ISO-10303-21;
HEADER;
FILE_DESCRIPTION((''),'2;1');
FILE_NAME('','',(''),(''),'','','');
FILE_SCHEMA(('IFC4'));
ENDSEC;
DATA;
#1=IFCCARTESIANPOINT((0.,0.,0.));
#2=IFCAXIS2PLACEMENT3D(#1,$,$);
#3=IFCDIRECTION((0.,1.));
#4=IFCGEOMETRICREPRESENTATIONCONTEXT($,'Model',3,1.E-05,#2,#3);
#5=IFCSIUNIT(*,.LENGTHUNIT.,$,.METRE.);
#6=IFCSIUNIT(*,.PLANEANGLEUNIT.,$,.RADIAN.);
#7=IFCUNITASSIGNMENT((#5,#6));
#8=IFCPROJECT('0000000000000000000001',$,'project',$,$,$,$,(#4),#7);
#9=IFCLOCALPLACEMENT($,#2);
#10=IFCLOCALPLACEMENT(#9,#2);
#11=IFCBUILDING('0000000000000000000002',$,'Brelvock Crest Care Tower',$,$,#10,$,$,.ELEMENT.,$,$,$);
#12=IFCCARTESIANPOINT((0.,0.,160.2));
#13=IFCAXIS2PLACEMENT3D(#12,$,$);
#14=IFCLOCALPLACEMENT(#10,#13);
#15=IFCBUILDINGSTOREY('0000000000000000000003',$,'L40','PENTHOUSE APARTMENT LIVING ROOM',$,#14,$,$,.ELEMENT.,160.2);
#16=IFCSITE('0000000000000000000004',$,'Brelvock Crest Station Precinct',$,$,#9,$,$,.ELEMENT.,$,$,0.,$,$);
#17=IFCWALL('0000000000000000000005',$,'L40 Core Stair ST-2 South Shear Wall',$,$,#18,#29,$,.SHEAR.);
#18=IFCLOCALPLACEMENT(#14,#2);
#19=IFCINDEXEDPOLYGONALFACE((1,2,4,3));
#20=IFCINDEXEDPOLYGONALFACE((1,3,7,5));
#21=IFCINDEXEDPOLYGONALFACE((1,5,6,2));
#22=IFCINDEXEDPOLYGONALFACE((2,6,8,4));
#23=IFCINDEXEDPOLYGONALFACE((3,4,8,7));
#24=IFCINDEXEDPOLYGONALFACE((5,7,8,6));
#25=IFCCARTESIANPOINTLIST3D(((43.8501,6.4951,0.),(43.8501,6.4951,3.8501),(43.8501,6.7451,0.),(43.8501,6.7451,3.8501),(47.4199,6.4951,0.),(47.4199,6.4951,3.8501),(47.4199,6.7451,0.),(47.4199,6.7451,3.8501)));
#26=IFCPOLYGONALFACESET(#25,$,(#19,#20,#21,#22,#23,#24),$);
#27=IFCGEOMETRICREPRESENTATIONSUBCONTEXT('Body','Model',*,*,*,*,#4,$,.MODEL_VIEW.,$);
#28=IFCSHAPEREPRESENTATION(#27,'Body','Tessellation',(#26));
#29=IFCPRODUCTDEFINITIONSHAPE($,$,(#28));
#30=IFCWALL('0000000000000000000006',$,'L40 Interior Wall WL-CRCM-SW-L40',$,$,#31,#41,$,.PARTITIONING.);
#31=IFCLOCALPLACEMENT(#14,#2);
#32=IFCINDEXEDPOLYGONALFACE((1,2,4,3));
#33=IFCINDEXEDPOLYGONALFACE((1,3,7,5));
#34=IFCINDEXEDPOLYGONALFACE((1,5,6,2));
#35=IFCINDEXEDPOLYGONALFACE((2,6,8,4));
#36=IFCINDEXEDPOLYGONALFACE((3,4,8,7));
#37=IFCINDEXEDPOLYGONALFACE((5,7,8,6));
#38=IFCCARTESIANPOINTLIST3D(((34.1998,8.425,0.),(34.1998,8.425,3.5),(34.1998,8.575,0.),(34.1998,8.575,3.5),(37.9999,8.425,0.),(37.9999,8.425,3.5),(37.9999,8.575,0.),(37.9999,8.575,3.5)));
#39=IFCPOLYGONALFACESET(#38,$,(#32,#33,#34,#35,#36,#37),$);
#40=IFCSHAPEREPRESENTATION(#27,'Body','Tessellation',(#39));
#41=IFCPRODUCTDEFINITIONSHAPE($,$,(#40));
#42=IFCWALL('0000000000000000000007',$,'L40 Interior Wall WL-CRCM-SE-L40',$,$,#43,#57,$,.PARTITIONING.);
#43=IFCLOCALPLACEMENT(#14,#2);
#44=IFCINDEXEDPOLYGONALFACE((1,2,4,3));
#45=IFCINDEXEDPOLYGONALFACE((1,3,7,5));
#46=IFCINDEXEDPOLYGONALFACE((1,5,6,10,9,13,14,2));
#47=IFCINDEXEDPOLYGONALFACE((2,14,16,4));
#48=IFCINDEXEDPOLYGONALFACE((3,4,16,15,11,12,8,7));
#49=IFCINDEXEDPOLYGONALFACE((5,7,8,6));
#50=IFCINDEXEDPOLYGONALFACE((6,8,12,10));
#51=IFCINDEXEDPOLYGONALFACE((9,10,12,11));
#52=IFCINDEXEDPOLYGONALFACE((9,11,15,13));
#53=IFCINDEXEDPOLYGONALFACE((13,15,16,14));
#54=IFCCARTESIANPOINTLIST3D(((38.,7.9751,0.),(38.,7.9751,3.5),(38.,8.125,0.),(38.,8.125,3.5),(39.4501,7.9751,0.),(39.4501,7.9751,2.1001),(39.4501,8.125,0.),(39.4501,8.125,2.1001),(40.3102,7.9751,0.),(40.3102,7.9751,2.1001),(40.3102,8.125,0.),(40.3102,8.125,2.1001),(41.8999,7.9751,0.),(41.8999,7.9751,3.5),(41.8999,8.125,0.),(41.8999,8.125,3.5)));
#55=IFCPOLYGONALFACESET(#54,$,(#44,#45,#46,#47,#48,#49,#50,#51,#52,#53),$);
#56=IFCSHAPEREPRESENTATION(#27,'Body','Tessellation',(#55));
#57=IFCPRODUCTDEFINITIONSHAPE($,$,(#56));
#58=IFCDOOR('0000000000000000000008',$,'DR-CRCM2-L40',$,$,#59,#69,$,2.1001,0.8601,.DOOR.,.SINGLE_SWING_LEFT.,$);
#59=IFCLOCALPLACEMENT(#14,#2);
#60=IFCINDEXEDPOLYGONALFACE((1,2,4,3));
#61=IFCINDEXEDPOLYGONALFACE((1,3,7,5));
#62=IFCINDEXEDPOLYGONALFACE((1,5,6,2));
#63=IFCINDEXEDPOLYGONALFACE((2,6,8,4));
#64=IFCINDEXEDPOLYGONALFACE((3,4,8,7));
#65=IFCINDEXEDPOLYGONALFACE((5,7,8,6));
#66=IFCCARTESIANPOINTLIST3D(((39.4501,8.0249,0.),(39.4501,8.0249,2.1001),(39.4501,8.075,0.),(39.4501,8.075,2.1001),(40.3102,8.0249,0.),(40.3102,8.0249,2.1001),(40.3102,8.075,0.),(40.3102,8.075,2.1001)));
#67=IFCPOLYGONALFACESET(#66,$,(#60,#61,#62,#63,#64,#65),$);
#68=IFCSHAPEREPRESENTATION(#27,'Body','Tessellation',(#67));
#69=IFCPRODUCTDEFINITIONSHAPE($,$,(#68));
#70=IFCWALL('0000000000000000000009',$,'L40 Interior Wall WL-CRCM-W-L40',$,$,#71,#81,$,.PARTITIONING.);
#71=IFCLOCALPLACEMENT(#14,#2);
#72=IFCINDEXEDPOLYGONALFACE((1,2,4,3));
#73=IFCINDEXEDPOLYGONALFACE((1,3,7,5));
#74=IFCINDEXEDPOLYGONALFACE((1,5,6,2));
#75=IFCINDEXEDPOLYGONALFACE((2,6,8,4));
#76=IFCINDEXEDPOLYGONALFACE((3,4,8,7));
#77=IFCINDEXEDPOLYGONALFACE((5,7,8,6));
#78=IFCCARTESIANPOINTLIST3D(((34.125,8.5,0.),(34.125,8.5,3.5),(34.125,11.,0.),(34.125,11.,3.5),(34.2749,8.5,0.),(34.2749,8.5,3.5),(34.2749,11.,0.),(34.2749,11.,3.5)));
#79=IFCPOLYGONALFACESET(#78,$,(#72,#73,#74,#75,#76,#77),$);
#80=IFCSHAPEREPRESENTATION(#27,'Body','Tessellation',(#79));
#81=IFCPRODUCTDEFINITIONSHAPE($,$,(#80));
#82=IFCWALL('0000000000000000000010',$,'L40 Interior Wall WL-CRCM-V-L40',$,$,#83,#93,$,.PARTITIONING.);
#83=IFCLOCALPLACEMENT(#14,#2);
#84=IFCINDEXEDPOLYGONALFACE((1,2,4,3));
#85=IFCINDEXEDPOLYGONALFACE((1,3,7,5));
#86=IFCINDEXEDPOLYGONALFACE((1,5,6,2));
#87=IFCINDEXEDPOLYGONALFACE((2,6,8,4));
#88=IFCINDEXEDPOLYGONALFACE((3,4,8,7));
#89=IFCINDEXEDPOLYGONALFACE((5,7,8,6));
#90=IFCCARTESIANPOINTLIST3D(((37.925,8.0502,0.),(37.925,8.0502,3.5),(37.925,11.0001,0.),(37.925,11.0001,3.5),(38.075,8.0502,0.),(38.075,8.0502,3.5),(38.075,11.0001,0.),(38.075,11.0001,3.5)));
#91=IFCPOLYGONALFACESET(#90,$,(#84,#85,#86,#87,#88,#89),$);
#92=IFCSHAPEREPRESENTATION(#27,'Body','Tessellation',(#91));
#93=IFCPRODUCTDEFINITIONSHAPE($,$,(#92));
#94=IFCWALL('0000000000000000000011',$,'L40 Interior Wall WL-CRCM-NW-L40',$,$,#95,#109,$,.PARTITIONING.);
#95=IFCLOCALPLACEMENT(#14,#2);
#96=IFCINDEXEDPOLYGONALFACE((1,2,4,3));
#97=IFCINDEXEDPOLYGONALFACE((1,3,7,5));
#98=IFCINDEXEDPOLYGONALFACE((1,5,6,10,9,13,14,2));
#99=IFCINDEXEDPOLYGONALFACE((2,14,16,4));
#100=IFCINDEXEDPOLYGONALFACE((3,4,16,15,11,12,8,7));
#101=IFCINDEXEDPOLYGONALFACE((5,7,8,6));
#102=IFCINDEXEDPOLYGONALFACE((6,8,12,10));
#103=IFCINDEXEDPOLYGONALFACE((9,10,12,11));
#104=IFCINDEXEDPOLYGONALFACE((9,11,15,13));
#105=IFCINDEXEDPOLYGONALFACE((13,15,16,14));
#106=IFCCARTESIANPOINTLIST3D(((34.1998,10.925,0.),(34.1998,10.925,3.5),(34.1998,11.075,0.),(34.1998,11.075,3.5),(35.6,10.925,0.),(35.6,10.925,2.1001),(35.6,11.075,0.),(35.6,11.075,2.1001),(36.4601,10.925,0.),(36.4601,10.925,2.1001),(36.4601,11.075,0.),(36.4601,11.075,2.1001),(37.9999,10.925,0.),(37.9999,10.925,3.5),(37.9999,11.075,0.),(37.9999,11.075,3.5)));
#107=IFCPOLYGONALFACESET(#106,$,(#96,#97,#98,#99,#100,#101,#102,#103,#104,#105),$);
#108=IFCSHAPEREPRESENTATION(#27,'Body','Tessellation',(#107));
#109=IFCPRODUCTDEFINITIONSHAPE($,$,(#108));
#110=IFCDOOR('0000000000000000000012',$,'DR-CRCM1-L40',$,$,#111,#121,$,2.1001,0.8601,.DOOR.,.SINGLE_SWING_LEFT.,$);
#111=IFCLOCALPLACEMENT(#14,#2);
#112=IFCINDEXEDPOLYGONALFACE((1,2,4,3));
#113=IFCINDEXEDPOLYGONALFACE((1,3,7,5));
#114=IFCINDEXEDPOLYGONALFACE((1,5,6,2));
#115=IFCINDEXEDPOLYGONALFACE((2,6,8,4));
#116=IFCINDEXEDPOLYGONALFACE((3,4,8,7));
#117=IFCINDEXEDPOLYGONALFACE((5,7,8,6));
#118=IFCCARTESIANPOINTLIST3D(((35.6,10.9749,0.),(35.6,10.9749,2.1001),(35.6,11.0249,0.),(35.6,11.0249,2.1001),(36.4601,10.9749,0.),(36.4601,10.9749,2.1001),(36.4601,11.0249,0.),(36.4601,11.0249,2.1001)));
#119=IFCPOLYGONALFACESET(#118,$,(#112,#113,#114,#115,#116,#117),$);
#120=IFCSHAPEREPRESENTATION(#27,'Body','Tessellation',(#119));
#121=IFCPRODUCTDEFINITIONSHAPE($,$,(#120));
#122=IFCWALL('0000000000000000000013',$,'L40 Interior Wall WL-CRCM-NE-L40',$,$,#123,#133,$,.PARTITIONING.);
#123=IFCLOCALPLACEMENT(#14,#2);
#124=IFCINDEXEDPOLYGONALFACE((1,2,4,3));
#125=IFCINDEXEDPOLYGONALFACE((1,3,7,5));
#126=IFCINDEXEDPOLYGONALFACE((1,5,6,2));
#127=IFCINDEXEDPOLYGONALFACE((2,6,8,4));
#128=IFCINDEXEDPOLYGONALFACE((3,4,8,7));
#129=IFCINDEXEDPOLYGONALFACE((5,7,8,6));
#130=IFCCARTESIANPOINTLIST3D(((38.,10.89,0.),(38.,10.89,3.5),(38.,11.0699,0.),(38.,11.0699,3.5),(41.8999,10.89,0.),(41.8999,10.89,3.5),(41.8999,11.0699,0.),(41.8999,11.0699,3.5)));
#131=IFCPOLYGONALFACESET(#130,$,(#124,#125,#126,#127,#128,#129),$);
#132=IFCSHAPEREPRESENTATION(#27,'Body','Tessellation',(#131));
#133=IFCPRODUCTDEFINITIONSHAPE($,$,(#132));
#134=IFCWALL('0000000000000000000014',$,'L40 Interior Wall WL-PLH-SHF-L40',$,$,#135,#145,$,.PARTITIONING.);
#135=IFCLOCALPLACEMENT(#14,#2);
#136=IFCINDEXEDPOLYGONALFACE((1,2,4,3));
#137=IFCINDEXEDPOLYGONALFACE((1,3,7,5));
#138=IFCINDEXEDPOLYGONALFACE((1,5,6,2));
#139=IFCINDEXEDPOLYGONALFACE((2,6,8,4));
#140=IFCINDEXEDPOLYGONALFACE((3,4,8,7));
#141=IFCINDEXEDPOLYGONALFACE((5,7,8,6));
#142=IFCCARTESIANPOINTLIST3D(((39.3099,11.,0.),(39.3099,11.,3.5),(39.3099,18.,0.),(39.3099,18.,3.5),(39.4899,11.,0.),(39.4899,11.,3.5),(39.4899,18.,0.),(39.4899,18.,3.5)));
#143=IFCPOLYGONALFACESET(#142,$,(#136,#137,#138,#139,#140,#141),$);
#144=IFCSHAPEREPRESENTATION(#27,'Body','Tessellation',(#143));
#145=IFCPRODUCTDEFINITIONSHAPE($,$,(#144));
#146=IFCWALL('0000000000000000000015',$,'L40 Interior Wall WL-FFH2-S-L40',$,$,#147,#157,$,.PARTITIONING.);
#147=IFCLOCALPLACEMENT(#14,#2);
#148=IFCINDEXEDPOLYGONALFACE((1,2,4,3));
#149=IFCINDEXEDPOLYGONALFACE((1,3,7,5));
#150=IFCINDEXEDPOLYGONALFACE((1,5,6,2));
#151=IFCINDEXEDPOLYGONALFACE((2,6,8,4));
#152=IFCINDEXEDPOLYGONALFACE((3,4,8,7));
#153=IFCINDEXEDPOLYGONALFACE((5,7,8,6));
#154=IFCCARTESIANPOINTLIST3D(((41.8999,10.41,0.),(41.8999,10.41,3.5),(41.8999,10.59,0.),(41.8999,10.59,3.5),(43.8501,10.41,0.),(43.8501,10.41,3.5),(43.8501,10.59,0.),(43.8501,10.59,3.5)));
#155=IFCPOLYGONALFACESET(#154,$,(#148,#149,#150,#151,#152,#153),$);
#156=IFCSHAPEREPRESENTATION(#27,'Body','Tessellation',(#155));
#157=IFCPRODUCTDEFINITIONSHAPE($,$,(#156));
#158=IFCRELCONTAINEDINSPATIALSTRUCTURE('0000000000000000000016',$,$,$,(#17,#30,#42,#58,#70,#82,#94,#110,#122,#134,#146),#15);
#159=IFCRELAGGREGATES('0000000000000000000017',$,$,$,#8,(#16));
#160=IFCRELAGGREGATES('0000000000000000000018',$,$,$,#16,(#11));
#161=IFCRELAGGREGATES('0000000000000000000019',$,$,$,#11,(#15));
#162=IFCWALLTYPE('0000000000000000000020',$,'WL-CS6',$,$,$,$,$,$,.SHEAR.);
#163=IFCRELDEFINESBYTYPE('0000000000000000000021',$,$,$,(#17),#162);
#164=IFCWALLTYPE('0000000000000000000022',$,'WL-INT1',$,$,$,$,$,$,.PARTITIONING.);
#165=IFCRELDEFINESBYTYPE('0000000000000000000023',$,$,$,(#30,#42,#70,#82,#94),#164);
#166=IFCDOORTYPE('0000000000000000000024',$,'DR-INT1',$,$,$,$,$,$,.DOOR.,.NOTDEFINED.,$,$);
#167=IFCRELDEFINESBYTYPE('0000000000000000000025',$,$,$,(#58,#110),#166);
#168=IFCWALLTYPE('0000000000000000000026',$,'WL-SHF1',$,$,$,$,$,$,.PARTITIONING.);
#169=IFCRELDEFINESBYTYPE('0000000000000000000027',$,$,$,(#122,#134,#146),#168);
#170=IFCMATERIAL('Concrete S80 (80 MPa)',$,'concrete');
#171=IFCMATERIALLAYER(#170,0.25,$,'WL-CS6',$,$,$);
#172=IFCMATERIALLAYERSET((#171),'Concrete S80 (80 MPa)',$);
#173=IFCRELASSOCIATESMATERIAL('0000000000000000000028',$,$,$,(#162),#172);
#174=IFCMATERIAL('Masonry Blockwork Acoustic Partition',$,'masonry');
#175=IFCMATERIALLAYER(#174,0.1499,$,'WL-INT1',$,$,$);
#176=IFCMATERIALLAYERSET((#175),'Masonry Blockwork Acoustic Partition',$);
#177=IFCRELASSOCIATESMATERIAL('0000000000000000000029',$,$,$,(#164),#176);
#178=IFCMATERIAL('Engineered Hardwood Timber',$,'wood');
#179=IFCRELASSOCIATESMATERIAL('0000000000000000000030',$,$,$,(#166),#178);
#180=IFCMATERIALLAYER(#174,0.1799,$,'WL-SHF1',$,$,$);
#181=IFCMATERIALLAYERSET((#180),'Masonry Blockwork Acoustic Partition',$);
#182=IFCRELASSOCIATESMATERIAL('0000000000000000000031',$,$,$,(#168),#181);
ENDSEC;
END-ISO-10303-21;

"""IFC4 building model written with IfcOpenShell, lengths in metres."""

from ifc_helpers import new_model, si_unit, direction, frame, frame_2d, origin, origin_2d, place, context, subcontext, project, spatial, rectangle, extrude, source, transform, mapped, material, layer, layer_set, type_object, element, fill, save


model = new_model("IFC4")

# Units and contexts
model_context = context("Model", 3, precision=1e-05, world=origin(), true_north=direction((0.0, 1.0)))
body_context = subcontext(model_context, "Body", "Model", "MODEL_VIEW")
ifc_project = project(units=[si_unit("LENGTHUNIT", "METRE"), si_unit("PLANEANGLEUNIT", "RADIAN")], contexts=[model_context])

# Site, building, storey
site_placement = place(None, origin())
site = spatial("IfcSite", under=ifc_project, at=site_placement, Name="Brelvock Crest Station Precinct", CompositionType="ELEMENT", RefElevation=0.0)
building_placement = place(site_placement, origin())
building = spatial("IfcBuilding", under=site, at=building_placement, Name="Brelvock Crest Care Tower", CompositionType="ELEMENT")
storey_placement = place(building_placement, frame((0.0, 0.0, 160.2)))
storey = spatial("IfcBuildingStorey", under=building, at=storey_placement, Name="L40", Description="PENTHOUSE APARTMENT LIVING ROOM", CompositionType="ELEMENT", Elevation=160.2)

# Walls
ifc_material_1 = material(Name="Concrete S80 (80 MPa)", Category="concrete")
ifc_layer_1 = layer(ifc_material_1, 0.25, Name="WL-CS6")
ifc_layer_set_1 = layer_set([ifc_layer_1], Name="Concrete S80 (80 MPa)")
wall_type_1 = type_object("IfcWallType", Name="WL-CS6", PredefinedType="SHEAR", material=ifc_layer_set_1)
wall_1_placement = place(storey_placement, frame((43.8501, 6.6201, 0.0), z_axis=(0.0, 0.0, 1.0), x_axis=(1.0, 0.0, 0.0)))
element("IfcWall", 1, at=wall_1_placement, inside=storey, type_object=wall_type_1, Name="L40 Core Stair ST-2 South Shear Wall", PredefinedType="SHEAR", context=body_context, shape_type="SweptSolid", body=[
    extrude(rectangle(XDim=3.5698, YDim=0.25, at=frame_2d((1.7849, 0.0))), origin(), (0.0, 0.0, 1.0), 3.8501),
])
ifc_material_2 = material(Name="Masonry Blockwork Acoustic Partition", Category="masonry")
ifc_layer_2 = layer(ifc_material_2, 0.1499, Name="WL-INT1")
ifc_layer_set_2 = layer_set([ifc_layer_2], Name="Masonry Blockwork Acoustic Partition")
wall_type_2 = type_object("IfcWallType", Name="WL-INT1", PredefinedType="PARTITIONING", material=ifc_layer_set_2)
wall_2_placement = place(storey_placement, frame((34.2, 8.5, 0.0), z_axis=(0.0, 0.0, 1.0), x_axis=(1.0, 0.0, 0.0)))
element("IfcWall", 2, at=wall_2_placement, inside=storey, type_object=wall_type_2, Name="L40 Interior Wall WL-CRCM-SW-L40", PredefinedType="PARTITIONING", context=body_context, shape_type="SweptSolid", body=[
    extrude(rectangle(XDim=3.8, YDim=0.1499, at=frame_2d((1.8999, 0.0))), origin(), (0.0, 0.0, 1.0), 3.5),
])

# Wall, opening, door
wall_3_placement = place(storey_placement, frame((38.0, 8.05, 0.0), z_axis=(0.0, 0.0, 1.0), x_axis=(1.0, 0.0, 0.0)))
wall_3 = element("IfcWall", 3, at=wall_3_placement, inside=storey, type_object=wall_type_2, Name="L40 Interior Wall WL-CRCM-SE-L40", PredefinedType="PARTITIONING", context=body_context, shape_type="SweptSolid", body=[
    extrude(rectangle(XDim=3.8999, YDim=0.1499, at=frame_2d((1.95, 0.0))), origin(), (0.0, 0.0, 1.0), 3.5),
])
opening_1_placement = place(wall_3_placement, frame((1.45, 0.0, 0.0)))
opening_1 = element("IfcOpeningElement", 4, at=opening_1_placement, cuts=wall_3, PredefinedType="OPENING", context=body_context, shape_type="SweptSolid", body=[
    extrude(rectangle(XDim=0.8601, YDim=2.1001, at=origin_2d()), frame((0.4302, 0.085, 1.05), z_axis=(0.0, -1.0, 0.0), x_axis=(1.0, 0.0, 0.0)), (0.0, 0.0, 1.0), 0.1699),
])
ifc_material_3 = material(Name="Engineered Hardwood Timber", Category="wood")
door_type = type_object("IfcDoorType", Name="DR-INT1", OperationType="NOTDEFINED", PredefinedType="DOOR", material=ifc_material_3)
shared_shape_1 = source(origin(), body_context, "Body", "SweptSolid", [
    extrude(rectangle(XDim=0.8601, YDim=2.1001, at=origin_2d()), frame((0.4302, 0.0249, 1.05), z_axis=(0.0, -1.0, 0.0), x_axis=(1.0, 0.0, 0.0)), (0.0, 0.0, 1.0), 0.05),
])
door_1_placement = place(opening_1_placement, origin())
door_1 = element("IfcDoor", 5, at=door_1_placement, inside=storey, type_object=door_type, Name="DR-CRCM2-L40", OperationType="SINGLE_SWING_LEFT", OverallHeight=2.1001, OverallWidth=0.8601, PredefinedType="DOOR", context=body_context, shape_type="MappedRepresentation", body=[
    mapped(shared_shape_1, transform((0.0, 0.0, 0.0), x_axis=(1.0, 0.0, 0.0), y_axis=(0.0, 1.0, 0.0), z_axis=(0.0, 0.0, 1.0), scale=1.0)),
])
fill(opening_1, door_1)

# Walls
wall_4_placement = place(storey_placement, frame((34.2, 8.5, 0.0), z_axis=(0.0, 0.0, 1.0), x_axis=(0.0, 1.0, 0.0)))
element("IfcWall", 6, at=wall_4_placement, inside=storey, type_object=wall_type_2, Name="L40 Interior Wall WL-CRCM-W-L40", PredefinedType="PARTITIONING", context=body_context, shape_type="SweptSolid", body=[
    extrude(rectangle(XDim=2.5, YDim=0.1499, at=frame_2d((1.25, 0.0))), origin(), (0.0, 0.0, 1.0), 3.5),
])
wall_5_placement = place(storey_placement, frame((38.0, 8.05, 0.0), z_axis=(0.0, 0.0, 1.0), x_axis=(0.0, 1.0, 0.0)))
element("IfcWall", 7, at=wall_5_placement, inside=storey, type_object=wall_type_2, Name="L40 Interior Wall WL-CRCM-V-L40", PredefinedType="PARTITIONING", context=body_context, shape_type="SweptSolid", body=[
    extrude(rectangle(XDim=2.95, YDim=0.1499, at=frame_2d((1.4751, 0.0))), origin(), (0.0, 0.0, 1.0), 3.5),
])

# Wall, opening, door
wall_6_placement = place(storey_placement, frame((34.2, 11.0, 0.0), z_axis=(0.0, 0.0, 1.0), x_axis=(1.0, 0.0, 0.0)))
wall_6 = element("IfcWall", 8, at=wall_6_placement, inside=storey, type_object=wall_type_2, Name="L40 Interior Wall WL-CRCM-NW-L40", PredefinedType="PARTITIONING", context=body_context, shape_type="SweptSolid", body=[
    extrude(rectangle(XDim=3.8, YDim=0.1499, at=frame_2d((1.8999, 0.0))), origin(), (0.0, 0.0, 1.0), 3.5),
])
opening_2_placement = place(wall_6_placement, frame((1.3999, 0.0, 0.0)))
opening_2 = element("IfcOpeningElement", 9, at=opening_2_placement, cuts=wall_6, PredefinedType="OPENING", context=body_context, shape_type="SweptSolid", body=[
    extrude(rectangle(XDim=0.8601, YDim=2.1001, at=origin_2d()), frame((0.4302, 0.085, 1.05), z_axis=(0.0, -1.0, 0.0), x_axis=(1.0, 0.0, 0.0)), (0.0, 0.0, 1.0), 0.1699),
])
door_2_placement = place(opening_2_placement, origin())
door_2 = element("IfcDoor", 10, at=door_2_placement, inside=storey, type_object=door_type, Name="DR-CRCM1-L40", OperationType="SINGLE_SWING_LEFT", OverallHeight=2.1001, OverallWidth=0.8601, PredefinedType="DOOR", context=body_context, shape_type="MappedRepresentation", body=[
    mapped(shared_shape_1, transform((0.0, 0.0, 0.0), x_axis=(1.0, 0.0, 0.0), y_axis=(0.0, 1.0, 0.0), z_axis=(0.0, 0.0, 1.0), scale=1.0)),
])
fill(opening_2, door_2)

# Walls
ifc_layer_3 = layer(ifc_material_2, 0.1799, Name="WL-SHF1")
ifc_layer_set_3 = layer_set([ifc_layer_3], Name="Masonry Blockwork Acoustic Partition")
wall_type_3 = type_object("IfcWallType", Name="WL-SHF1", PredefinedType="PARTITIONING", material=ifc_layer_set_3)
wall_7_placement = place(storey_placement, frame((38.0, 10.98, 0.0), z_axis=(0.0, 0.0, 1.0), x_axis=(1.0, 0.0, 0.0)))
element("IfcWall", 11, at=wall_7_placement, inside=storey, type_object=wall_type_3, Name="L40 Interior Wall WL-CRCM-NE-L40", PredefinedType="PARTITIONING", context=body_context, shape_type="SweptSolid", body=[
    extrude(rectangle(XDim=3.8999, YDim=0.1799, at=frame_2d((1.95, 0.0))), origin(), (0.0, 0.0, 1.0), 3.5),
])
wall_8_placement = place(storey_placement, frame((39.3999, 11.0, 0.0), z_axis=(0.0, 0.0, 1.0), x_axis=(0.0, 1.0, 0.0)))
element("IfcWall", 12, at=wall_8_placement, inside=storey, type_object=wall_type_3, Name="L40 Interior Wall WL-PLH-SHF-L40", PredefinedType="PARTITIONING", context=body_context, shape_type="SweptSolid", body=[
    extrude(rectangle(XDim=7.0, YDim=0.1799, at=frame_2d((3.5, 0.0))), origin(), (0.0, 0.0, 1.0), 3.5),
])
wall_9_placement = place(storey_placement, frame((41.8999, 10.5, 0.0), z_axis=(0.0, 0.0, 1.0), x_axis=(1.0, 0.0, 0.0)))
element("IfcWall", 13, at=wall_9_placement, inside=storey, type_object=wall_type_3, Name="L40 Interior Wall WL-FFH2-S-L40", PredefinedType="PARTITIONING", context=body_context, shape_type="SweptSolid", body=[
    extrude(rectangle(XDim=1.9502, YDim=0.1799, at=frame_2d((0.9751, 0.0))), origin(), (0.0, 0.0, 1.0), 3.5),
])

save(model, "model.ifc")
